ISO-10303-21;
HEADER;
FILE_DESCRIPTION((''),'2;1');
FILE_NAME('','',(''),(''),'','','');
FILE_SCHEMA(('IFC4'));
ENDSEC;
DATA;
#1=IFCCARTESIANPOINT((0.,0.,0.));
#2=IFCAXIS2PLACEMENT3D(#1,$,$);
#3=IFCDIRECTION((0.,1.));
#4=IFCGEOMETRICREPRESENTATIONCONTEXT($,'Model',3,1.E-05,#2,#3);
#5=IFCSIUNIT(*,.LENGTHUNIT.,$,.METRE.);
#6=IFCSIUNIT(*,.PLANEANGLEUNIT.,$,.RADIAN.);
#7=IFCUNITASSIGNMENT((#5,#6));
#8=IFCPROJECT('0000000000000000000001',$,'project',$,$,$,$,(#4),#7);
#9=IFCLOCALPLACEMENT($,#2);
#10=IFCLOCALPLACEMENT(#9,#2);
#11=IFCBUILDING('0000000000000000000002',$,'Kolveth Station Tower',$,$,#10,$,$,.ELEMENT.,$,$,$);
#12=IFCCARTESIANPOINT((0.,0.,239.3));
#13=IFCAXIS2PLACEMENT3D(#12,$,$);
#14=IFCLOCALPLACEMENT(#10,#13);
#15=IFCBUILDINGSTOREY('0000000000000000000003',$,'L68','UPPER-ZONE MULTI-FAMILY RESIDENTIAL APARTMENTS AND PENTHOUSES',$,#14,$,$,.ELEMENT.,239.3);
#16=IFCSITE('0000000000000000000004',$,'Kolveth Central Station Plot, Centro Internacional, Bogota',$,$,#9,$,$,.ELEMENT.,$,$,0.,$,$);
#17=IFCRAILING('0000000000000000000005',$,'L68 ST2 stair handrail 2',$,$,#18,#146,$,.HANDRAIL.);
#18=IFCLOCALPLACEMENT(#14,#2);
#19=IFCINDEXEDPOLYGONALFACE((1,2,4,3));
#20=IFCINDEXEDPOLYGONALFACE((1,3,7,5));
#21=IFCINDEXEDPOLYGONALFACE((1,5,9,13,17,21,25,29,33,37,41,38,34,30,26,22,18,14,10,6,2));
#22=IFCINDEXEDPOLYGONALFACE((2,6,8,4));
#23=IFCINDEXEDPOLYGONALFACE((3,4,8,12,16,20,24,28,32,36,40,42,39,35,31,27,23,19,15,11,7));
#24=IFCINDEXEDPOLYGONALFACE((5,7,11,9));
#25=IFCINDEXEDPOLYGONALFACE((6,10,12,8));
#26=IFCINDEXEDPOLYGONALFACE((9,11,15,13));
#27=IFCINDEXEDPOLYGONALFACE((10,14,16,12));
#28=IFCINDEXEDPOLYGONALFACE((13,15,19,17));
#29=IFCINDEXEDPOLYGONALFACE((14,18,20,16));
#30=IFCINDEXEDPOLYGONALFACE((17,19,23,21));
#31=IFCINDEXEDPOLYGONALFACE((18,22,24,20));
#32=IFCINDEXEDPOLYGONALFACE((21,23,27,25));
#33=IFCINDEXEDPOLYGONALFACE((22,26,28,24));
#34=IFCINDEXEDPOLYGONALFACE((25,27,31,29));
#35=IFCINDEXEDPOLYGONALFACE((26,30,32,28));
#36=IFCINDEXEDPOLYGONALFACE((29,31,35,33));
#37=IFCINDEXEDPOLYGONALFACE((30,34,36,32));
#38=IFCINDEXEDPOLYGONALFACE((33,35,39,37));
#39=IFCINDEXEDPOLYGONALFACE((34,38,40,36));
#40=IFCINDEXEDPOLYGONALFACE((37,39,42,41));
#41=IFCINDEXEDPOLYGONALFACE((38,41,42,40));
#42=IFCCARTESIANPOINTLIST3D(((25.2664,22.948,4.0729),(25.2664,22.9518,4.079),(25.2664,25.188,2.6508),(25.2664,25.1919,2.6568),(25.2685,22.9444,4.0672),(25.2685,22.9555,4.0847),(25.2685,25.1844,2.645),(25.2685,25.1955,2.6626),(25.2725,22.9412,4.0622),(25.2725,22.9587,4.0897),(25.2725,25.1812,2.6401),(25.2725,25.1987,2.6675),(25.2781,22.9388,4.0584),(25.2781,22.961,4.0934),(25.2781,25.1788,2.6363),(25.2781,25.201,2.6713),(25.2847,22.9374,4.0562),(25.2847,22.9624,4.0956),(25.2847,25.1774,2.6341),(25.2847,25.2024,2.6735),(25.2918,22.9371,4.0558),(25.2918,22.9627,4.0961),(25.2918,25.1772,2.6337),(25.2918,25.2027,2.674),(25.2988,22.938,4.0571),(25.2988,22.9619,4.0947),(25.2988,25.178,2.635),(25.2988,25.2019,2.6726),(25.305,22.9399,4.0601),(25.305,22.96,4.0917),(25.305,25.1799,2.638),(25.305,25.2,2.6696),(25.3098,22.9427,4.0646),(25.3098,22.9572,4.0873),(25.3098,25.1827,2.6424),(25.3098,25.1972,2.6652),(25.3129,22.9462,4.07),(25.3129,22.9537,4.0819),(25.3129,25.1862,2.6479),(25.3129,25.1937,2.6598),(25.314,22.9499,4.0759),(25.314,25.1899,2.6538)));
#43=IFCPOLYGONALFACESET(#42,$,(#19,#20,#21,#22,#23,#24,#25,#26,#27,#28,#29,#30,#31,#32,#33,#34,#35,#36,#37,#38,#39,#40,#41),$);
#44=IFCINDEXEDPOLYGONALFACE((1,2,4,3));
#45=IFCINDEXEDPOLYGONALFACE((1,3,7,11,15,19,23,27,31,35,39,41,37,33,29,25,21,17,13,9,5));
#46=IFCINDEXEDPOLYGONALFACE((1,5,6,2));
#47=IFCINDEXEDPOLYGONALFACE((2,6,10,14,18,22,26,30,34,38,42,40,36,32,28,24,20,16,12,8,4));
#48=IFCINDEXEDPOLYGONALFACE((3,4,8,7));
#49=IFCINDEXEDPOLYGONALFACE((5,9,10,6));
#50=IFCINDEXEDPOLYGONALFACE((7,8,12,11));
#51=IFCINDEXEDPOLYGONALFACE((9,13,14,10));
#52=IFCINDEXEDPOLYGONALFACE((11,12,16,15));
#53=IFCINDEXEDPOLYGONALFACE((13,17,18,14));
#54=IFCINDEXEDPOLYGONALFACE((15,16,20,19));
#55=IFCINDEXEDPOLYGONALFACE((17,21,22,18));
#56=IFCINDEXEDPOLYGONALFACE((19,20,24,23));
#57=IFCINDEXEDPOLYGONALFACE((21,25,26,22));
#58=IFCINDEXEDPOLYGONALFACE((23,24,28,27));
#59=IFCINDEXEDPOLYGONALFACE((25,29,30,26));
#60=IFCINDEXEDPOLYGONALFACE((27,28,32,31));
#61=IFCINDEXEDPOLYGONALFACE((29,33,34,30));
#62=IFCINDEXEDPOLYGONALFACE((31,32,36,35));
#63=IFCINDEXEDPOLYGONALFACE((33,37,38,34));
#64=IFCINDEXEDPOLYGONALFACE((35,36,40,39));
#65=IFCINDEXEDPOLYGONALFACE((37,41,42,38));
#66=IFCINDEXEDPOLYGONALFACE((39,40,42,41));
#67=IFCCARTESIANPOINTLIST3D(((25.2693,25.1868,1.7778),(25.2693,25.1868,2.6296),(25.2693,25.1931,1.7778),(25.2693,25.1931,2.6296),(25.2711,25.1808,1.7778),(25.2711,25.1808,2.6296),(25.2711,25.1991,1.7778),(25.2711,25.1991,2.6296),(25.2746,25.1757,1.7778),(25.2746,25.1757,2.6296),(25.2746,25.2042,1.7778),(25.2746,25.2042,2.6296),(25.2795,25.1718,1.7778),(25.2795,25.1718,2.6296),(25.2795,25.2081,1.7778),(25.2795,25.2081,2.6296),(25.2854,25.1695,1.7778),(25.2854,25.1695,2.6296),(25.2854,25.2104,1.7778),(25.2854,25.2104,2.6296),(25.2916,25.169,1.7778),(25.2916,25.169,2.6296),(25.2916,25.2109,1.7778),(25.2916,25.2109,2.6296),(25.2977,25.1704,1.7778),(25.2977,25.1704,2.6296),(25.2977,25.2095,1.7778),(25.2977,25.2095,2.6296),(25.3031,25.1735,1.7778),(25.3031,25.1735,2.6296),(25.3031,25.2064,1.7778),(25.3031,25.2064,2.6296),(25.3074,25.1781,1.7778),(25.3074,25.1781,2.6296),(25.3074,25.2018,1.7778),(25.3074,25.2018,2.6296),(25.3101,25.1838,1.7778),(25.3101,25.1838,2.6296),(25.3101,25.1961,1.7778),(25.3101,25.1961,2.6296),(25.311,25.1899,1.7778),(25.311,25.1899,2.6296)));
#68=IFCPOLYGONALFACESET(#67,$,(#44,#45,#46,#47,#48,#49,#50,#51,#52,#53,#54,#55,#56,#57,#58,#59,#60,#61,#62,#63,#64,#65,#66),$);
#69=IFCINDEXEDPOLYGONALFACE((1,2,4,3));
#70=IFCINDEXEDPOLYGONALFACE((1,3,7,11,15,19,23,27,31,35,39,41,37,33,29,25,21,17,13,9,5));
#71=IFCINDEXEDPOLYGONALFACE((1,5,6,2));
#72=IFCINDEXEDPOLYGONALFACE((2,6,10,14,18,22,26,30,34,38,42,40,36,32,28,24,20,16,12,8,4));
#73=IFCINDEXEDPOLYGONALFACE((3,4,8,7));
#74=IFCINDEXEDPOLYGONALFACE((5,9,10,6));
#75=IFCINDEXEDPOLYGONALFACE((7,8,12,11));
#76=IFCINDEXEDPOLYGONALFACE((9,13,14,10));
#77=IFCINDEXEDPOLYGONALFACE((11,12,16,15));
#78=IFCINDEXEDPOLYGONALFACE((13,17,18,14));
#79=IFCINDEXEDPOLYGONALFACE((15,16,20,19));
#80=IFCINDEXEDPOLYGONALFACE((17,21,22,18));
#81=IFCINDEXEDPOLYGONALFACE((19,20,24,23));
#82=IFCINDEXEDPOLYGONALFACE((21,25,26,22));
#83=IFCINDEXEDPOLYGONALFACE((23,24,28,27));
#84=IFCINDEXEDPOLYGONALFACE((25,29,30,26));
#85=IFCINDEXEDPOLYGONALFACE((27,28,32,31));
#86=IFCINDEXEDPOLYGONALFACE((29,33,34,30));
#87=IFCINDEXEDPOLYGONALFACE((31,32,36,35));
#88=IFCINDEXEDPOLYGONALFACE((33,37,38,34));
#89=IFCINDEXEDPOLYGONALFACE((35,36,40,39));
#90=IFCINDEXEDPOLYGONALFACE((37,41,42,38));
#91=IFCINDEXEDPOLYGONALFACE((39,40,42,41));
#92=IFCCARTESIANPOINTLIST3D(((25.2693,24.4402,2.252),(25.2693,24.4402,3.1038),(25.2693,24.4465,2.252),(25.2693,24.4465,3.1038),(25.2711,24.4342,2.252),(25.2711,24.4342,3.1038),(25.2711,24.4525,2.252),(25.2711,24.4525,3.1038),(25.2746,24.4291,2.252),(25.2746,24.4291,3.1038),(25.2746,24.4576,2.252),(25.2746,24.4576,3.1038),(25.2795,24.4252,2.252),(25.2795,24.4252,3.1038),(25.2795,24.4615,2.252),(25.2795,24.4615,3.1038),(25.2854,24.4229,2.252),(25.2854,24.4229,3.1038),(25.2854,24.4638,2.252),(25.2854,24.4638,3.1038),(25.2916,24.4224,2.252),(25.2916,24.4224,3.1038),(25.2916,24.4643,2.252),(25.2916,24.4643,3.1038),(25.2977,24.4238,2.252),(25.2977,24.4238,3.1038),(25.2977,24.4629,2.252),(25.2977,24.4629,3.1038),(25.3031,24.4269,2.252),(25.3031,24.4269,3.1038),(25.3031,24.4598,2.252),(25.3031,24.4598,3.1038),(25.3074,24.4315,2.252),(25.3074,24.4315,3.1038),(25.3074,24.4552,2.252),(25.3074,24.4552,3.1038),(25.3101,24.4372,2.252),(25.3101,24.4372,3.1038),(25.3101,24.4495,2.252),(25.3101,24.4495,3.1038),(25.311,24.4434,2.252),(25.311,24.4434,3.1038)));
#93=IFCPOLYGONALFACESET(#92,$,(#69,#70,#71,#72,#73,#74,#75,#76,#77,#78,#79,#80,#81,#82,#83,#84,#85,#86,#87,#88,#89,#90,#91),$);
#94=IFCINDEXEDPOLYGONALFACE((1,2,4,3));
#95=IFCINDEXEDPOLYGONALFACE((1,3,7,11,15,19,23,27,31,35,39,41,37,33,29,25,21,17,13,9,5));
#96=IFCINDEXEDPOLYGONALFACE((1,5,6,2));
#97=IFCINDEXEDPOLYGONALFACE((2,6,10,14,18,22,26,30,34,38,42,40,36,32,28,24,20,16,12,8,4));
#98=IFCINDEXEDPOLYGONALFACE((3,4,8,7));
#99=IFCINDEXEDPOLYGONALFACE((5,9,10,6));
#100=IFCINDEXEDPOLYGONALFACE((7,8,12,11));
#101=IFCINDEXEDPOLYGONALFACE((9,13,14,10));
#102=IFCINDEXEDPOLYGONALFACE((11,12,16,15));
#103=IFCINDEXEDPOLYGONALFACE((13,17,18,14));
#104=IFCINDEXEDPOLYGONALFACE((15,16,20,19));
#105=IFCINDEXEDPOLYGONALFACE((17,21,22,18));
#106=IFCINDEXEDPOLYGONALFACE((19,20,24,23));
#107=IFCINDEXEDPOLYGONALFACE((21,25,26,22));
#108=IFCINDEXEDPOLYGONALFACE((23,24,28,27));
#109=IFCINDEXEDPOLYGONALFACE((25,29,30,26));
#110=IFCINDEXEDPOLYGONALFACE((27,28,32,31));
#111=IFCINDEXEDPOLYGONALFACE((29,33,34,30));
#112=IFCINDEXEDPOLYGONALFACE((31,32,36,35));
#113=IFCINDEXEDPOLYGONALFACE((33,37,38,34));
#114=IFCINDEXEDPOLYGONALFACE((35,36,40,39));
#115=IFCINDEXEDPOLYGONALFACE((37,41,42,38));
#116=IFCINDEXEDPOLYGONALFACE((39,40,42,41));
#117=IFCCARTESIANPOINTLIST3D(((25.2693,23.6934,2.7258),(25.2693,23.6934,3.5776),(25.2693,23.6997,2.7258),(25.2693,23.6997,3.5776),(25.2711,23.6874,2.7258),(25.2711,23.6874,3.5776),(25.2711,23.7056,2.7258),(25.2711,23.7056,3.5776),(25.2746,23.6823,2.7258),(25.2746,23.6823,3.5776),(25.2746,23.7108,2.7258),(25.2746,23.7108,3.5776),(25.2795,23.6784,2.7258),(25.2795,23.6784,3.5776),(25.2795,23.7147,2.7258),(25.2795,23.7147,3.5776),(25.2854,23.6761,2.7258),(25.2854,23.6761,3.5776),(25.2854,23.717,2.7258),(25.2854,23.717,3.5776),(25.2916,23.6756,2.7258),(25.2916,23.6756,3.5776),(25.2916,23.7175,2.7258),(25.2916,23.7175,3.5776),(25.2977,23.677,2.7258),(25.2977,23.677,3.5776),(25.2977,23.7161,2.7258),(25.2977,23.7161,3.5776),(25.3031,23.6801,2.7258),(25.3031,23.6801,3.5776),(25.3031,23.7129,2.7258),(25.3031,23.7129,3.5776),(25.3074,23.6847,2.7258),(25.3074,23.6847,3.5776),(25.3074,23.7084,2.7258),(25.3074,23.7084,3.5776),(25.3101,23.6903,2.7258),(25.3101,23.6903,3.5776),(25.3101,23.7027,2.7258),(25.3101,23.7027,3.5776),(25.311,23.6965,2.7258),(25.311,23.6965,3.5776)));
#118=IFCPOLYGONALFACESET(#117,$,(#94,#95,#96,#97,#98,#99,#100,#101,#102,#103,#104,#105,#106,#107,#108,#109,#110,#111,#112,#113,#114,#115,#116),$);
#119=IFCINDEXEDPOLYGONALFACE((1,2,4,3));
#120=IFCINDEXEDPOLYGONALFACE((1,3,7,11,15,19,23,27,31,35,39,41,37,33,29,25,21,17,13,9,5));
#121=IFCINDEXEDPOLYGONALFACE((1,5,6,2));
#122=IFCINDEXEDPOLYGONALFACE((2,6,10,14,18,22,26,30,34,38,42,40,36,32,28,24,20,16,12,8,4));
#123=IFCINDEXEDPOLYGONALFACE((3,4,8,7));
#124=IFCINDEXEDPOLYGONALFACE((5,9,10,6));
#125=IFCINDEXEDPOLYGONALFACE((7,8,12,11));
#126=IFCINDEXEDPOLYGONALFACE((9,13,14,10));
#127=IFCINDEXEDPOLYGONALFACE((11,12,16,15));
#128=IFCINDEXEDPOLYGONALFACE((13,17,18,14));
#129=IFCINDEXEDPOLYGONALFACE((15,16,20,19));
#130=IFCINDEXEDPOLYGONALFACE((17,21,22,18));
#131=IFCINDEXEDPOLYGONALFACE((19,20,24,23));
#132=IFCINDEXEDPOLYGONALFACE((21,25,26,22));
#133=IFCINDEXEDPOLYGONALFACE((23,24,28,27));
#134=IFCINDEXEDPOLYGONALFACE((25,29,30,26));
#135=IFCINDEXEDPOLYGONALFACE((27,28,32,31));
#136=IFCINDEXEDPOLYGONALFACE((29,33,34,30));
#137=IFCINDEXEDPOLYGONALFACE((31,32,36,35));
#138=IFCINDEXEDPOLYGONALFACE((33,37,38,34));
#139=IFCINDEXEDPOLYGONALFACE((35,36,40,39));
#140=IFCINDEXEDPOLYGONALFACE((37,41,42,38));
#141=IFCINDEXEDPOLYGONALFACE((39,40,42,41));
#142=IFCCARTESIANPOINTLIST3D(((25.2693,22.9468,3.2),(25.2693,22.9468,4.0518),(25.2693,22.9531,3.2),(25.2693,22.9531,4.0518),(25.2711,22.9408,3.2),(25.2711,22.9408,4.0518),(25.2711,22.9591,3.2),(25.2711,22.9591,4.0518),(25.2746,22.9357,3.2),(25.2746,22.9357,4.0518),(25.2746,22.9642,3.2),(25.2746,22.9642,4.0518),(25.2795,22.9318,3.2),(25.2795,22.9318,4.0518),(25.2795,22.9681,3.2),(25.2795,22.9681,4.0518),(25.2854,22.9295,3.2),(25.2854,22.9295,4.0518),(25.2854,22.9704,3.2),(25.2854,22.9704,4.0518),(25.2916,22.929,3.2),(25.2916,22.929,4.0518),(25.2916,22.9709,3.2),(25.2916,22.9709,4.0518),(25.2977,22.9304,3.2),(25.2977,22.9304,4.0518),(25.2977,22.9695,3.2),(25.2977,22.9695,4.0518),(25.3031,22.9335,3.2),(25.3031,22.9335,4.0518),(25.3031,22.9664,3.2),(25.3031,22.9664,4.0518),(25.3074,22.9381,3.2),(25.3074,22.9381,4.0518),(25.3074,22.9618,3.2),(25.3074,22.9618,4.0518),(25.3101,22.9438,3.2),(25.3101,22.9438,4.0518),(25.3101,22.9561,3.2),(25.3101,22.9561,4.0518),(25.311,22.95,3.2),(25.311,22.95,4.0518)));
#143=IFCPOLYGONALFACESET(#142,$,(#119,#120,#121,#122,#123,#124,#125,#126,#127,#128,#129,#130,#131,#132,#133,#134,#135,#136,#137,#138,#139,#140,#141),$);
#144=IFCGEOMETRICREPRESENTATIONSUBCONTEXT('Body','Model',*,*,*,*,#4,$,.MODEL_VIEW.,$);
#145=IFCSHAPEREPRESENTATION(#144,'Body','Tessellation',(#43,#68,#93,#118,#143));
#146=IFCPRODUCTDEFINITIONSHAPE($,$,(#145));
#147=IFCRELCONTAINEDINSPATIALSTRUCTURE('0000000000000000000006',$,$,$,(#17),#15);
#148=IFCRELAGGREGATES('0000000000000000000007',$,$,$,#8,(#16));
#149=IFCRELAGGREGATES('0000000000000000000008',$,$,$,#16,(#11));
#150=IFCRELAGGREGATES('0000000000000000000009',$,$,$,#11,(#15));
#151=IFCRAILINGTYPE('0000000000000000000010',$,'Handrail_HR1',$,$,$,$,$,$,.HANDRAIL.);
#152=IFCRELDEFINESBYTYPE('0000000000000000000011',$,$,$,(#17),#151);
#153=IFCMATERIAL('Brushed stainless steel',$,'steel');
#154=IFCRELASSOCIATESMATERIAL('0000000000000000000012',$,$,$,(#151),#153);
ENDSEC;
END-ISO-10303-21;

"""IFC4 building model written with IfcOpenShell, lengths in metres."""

from ifc_helpers import new_model, si_unit, direction, frame, origin, origin_2d, place, context, subcontext, project, spatial, circle, extrude, material, type_object, element, save


model = new_model("IFC4")

# Units and contexts
model_context = context("Model", 3, precision=1e-05, world=origin(), true_north=direction((0.0, 1.0)))
body_context = subcontext(model_context, "Body", "Model", "MODEL_VIEW")
ifc_project = project(units=[si_unit("LENGTHUNIT", "METRE"), si_unit("PLANEANGLEUNIT", "RADIAN")], contexts=[model_context])

# Site, building, storey
site_placement = place(None, origin())
site = spatial("IfcSite", under=ifc_project, at=site_placement, Name="Kolveth Central Station Plot, Centro Internacional, Bogota", CompositionType="ELEMENT", RefElevation=0.0)
building_placement = place(site_placement, origin())
building = spatial("IfcBuilding", under=site, at=building_placement, Name="Kolveth Station Tower", CompositionType="ELEMENT")
storey_placement = place(building_placement, frame((0.0, 0.0, 239.3)))
storey = spatial("IfcBuildingStorey", under=building, at=storey_placement, Name="L68", Description="UPPER-ZONE MULTI-FAMILY RESIDENTIAL APARTMENTS AND PENTHOUSES", CompositionType="ELEMENT", Elevation=239.3)

# Railing
ifc_material_1 = material(Name="Brushed stainless steel", Category="steel")
railing_type_1 = type_object("IfcRailingType", Name="Handrail_HR1", PredefinedType="HANDRAIL", material=ifc_material_1)
railing_1_placement = place(storey_placement, frame((25.29, 25.1899, 1.7778)))
element("IfcRailing", 1, at=railing_1_placement, inside=storey, type_object=railing_type_1, Name="L68 ST2 stair handrail 2", PredefinedType="HANDRAIL", context=body_context, shape_type="SweptSolid", body=[
    extrude(circle(Radius=0.0239, at=origin_2d()), frame((0.0, 0.0, 0.876), z_axis=(0.0, -0.844229, 0.535982), x_axis=(1.0, 0.0, 0.0)), (0.0, 0.0, 1.0), 2.6533),
    extrude(circle(Radius=0.021, at=origin_2d()), origin(), (0.0, 0.0, 1.0), 0.8518),
    extrude(circle(Radius=0.021, at=origin_2d()), frame((0.0, -0.7466, 0.4741)), (0.0, 0.0, 1.0), 0.8518),
    extrude(circle(Radius=0.021, at=origin_2d()), frame((0.0, -1.4934, 0.948)), (0.0, 0.0, 1.0), 0.8518),
    extrude(circle(Radius=0.021, at=origin_2d()), frame((0.0, -2.24, 1.4221)), (0.0, 0.0, 1.0), 0.8518),
])

save(model, "model.ifc")
